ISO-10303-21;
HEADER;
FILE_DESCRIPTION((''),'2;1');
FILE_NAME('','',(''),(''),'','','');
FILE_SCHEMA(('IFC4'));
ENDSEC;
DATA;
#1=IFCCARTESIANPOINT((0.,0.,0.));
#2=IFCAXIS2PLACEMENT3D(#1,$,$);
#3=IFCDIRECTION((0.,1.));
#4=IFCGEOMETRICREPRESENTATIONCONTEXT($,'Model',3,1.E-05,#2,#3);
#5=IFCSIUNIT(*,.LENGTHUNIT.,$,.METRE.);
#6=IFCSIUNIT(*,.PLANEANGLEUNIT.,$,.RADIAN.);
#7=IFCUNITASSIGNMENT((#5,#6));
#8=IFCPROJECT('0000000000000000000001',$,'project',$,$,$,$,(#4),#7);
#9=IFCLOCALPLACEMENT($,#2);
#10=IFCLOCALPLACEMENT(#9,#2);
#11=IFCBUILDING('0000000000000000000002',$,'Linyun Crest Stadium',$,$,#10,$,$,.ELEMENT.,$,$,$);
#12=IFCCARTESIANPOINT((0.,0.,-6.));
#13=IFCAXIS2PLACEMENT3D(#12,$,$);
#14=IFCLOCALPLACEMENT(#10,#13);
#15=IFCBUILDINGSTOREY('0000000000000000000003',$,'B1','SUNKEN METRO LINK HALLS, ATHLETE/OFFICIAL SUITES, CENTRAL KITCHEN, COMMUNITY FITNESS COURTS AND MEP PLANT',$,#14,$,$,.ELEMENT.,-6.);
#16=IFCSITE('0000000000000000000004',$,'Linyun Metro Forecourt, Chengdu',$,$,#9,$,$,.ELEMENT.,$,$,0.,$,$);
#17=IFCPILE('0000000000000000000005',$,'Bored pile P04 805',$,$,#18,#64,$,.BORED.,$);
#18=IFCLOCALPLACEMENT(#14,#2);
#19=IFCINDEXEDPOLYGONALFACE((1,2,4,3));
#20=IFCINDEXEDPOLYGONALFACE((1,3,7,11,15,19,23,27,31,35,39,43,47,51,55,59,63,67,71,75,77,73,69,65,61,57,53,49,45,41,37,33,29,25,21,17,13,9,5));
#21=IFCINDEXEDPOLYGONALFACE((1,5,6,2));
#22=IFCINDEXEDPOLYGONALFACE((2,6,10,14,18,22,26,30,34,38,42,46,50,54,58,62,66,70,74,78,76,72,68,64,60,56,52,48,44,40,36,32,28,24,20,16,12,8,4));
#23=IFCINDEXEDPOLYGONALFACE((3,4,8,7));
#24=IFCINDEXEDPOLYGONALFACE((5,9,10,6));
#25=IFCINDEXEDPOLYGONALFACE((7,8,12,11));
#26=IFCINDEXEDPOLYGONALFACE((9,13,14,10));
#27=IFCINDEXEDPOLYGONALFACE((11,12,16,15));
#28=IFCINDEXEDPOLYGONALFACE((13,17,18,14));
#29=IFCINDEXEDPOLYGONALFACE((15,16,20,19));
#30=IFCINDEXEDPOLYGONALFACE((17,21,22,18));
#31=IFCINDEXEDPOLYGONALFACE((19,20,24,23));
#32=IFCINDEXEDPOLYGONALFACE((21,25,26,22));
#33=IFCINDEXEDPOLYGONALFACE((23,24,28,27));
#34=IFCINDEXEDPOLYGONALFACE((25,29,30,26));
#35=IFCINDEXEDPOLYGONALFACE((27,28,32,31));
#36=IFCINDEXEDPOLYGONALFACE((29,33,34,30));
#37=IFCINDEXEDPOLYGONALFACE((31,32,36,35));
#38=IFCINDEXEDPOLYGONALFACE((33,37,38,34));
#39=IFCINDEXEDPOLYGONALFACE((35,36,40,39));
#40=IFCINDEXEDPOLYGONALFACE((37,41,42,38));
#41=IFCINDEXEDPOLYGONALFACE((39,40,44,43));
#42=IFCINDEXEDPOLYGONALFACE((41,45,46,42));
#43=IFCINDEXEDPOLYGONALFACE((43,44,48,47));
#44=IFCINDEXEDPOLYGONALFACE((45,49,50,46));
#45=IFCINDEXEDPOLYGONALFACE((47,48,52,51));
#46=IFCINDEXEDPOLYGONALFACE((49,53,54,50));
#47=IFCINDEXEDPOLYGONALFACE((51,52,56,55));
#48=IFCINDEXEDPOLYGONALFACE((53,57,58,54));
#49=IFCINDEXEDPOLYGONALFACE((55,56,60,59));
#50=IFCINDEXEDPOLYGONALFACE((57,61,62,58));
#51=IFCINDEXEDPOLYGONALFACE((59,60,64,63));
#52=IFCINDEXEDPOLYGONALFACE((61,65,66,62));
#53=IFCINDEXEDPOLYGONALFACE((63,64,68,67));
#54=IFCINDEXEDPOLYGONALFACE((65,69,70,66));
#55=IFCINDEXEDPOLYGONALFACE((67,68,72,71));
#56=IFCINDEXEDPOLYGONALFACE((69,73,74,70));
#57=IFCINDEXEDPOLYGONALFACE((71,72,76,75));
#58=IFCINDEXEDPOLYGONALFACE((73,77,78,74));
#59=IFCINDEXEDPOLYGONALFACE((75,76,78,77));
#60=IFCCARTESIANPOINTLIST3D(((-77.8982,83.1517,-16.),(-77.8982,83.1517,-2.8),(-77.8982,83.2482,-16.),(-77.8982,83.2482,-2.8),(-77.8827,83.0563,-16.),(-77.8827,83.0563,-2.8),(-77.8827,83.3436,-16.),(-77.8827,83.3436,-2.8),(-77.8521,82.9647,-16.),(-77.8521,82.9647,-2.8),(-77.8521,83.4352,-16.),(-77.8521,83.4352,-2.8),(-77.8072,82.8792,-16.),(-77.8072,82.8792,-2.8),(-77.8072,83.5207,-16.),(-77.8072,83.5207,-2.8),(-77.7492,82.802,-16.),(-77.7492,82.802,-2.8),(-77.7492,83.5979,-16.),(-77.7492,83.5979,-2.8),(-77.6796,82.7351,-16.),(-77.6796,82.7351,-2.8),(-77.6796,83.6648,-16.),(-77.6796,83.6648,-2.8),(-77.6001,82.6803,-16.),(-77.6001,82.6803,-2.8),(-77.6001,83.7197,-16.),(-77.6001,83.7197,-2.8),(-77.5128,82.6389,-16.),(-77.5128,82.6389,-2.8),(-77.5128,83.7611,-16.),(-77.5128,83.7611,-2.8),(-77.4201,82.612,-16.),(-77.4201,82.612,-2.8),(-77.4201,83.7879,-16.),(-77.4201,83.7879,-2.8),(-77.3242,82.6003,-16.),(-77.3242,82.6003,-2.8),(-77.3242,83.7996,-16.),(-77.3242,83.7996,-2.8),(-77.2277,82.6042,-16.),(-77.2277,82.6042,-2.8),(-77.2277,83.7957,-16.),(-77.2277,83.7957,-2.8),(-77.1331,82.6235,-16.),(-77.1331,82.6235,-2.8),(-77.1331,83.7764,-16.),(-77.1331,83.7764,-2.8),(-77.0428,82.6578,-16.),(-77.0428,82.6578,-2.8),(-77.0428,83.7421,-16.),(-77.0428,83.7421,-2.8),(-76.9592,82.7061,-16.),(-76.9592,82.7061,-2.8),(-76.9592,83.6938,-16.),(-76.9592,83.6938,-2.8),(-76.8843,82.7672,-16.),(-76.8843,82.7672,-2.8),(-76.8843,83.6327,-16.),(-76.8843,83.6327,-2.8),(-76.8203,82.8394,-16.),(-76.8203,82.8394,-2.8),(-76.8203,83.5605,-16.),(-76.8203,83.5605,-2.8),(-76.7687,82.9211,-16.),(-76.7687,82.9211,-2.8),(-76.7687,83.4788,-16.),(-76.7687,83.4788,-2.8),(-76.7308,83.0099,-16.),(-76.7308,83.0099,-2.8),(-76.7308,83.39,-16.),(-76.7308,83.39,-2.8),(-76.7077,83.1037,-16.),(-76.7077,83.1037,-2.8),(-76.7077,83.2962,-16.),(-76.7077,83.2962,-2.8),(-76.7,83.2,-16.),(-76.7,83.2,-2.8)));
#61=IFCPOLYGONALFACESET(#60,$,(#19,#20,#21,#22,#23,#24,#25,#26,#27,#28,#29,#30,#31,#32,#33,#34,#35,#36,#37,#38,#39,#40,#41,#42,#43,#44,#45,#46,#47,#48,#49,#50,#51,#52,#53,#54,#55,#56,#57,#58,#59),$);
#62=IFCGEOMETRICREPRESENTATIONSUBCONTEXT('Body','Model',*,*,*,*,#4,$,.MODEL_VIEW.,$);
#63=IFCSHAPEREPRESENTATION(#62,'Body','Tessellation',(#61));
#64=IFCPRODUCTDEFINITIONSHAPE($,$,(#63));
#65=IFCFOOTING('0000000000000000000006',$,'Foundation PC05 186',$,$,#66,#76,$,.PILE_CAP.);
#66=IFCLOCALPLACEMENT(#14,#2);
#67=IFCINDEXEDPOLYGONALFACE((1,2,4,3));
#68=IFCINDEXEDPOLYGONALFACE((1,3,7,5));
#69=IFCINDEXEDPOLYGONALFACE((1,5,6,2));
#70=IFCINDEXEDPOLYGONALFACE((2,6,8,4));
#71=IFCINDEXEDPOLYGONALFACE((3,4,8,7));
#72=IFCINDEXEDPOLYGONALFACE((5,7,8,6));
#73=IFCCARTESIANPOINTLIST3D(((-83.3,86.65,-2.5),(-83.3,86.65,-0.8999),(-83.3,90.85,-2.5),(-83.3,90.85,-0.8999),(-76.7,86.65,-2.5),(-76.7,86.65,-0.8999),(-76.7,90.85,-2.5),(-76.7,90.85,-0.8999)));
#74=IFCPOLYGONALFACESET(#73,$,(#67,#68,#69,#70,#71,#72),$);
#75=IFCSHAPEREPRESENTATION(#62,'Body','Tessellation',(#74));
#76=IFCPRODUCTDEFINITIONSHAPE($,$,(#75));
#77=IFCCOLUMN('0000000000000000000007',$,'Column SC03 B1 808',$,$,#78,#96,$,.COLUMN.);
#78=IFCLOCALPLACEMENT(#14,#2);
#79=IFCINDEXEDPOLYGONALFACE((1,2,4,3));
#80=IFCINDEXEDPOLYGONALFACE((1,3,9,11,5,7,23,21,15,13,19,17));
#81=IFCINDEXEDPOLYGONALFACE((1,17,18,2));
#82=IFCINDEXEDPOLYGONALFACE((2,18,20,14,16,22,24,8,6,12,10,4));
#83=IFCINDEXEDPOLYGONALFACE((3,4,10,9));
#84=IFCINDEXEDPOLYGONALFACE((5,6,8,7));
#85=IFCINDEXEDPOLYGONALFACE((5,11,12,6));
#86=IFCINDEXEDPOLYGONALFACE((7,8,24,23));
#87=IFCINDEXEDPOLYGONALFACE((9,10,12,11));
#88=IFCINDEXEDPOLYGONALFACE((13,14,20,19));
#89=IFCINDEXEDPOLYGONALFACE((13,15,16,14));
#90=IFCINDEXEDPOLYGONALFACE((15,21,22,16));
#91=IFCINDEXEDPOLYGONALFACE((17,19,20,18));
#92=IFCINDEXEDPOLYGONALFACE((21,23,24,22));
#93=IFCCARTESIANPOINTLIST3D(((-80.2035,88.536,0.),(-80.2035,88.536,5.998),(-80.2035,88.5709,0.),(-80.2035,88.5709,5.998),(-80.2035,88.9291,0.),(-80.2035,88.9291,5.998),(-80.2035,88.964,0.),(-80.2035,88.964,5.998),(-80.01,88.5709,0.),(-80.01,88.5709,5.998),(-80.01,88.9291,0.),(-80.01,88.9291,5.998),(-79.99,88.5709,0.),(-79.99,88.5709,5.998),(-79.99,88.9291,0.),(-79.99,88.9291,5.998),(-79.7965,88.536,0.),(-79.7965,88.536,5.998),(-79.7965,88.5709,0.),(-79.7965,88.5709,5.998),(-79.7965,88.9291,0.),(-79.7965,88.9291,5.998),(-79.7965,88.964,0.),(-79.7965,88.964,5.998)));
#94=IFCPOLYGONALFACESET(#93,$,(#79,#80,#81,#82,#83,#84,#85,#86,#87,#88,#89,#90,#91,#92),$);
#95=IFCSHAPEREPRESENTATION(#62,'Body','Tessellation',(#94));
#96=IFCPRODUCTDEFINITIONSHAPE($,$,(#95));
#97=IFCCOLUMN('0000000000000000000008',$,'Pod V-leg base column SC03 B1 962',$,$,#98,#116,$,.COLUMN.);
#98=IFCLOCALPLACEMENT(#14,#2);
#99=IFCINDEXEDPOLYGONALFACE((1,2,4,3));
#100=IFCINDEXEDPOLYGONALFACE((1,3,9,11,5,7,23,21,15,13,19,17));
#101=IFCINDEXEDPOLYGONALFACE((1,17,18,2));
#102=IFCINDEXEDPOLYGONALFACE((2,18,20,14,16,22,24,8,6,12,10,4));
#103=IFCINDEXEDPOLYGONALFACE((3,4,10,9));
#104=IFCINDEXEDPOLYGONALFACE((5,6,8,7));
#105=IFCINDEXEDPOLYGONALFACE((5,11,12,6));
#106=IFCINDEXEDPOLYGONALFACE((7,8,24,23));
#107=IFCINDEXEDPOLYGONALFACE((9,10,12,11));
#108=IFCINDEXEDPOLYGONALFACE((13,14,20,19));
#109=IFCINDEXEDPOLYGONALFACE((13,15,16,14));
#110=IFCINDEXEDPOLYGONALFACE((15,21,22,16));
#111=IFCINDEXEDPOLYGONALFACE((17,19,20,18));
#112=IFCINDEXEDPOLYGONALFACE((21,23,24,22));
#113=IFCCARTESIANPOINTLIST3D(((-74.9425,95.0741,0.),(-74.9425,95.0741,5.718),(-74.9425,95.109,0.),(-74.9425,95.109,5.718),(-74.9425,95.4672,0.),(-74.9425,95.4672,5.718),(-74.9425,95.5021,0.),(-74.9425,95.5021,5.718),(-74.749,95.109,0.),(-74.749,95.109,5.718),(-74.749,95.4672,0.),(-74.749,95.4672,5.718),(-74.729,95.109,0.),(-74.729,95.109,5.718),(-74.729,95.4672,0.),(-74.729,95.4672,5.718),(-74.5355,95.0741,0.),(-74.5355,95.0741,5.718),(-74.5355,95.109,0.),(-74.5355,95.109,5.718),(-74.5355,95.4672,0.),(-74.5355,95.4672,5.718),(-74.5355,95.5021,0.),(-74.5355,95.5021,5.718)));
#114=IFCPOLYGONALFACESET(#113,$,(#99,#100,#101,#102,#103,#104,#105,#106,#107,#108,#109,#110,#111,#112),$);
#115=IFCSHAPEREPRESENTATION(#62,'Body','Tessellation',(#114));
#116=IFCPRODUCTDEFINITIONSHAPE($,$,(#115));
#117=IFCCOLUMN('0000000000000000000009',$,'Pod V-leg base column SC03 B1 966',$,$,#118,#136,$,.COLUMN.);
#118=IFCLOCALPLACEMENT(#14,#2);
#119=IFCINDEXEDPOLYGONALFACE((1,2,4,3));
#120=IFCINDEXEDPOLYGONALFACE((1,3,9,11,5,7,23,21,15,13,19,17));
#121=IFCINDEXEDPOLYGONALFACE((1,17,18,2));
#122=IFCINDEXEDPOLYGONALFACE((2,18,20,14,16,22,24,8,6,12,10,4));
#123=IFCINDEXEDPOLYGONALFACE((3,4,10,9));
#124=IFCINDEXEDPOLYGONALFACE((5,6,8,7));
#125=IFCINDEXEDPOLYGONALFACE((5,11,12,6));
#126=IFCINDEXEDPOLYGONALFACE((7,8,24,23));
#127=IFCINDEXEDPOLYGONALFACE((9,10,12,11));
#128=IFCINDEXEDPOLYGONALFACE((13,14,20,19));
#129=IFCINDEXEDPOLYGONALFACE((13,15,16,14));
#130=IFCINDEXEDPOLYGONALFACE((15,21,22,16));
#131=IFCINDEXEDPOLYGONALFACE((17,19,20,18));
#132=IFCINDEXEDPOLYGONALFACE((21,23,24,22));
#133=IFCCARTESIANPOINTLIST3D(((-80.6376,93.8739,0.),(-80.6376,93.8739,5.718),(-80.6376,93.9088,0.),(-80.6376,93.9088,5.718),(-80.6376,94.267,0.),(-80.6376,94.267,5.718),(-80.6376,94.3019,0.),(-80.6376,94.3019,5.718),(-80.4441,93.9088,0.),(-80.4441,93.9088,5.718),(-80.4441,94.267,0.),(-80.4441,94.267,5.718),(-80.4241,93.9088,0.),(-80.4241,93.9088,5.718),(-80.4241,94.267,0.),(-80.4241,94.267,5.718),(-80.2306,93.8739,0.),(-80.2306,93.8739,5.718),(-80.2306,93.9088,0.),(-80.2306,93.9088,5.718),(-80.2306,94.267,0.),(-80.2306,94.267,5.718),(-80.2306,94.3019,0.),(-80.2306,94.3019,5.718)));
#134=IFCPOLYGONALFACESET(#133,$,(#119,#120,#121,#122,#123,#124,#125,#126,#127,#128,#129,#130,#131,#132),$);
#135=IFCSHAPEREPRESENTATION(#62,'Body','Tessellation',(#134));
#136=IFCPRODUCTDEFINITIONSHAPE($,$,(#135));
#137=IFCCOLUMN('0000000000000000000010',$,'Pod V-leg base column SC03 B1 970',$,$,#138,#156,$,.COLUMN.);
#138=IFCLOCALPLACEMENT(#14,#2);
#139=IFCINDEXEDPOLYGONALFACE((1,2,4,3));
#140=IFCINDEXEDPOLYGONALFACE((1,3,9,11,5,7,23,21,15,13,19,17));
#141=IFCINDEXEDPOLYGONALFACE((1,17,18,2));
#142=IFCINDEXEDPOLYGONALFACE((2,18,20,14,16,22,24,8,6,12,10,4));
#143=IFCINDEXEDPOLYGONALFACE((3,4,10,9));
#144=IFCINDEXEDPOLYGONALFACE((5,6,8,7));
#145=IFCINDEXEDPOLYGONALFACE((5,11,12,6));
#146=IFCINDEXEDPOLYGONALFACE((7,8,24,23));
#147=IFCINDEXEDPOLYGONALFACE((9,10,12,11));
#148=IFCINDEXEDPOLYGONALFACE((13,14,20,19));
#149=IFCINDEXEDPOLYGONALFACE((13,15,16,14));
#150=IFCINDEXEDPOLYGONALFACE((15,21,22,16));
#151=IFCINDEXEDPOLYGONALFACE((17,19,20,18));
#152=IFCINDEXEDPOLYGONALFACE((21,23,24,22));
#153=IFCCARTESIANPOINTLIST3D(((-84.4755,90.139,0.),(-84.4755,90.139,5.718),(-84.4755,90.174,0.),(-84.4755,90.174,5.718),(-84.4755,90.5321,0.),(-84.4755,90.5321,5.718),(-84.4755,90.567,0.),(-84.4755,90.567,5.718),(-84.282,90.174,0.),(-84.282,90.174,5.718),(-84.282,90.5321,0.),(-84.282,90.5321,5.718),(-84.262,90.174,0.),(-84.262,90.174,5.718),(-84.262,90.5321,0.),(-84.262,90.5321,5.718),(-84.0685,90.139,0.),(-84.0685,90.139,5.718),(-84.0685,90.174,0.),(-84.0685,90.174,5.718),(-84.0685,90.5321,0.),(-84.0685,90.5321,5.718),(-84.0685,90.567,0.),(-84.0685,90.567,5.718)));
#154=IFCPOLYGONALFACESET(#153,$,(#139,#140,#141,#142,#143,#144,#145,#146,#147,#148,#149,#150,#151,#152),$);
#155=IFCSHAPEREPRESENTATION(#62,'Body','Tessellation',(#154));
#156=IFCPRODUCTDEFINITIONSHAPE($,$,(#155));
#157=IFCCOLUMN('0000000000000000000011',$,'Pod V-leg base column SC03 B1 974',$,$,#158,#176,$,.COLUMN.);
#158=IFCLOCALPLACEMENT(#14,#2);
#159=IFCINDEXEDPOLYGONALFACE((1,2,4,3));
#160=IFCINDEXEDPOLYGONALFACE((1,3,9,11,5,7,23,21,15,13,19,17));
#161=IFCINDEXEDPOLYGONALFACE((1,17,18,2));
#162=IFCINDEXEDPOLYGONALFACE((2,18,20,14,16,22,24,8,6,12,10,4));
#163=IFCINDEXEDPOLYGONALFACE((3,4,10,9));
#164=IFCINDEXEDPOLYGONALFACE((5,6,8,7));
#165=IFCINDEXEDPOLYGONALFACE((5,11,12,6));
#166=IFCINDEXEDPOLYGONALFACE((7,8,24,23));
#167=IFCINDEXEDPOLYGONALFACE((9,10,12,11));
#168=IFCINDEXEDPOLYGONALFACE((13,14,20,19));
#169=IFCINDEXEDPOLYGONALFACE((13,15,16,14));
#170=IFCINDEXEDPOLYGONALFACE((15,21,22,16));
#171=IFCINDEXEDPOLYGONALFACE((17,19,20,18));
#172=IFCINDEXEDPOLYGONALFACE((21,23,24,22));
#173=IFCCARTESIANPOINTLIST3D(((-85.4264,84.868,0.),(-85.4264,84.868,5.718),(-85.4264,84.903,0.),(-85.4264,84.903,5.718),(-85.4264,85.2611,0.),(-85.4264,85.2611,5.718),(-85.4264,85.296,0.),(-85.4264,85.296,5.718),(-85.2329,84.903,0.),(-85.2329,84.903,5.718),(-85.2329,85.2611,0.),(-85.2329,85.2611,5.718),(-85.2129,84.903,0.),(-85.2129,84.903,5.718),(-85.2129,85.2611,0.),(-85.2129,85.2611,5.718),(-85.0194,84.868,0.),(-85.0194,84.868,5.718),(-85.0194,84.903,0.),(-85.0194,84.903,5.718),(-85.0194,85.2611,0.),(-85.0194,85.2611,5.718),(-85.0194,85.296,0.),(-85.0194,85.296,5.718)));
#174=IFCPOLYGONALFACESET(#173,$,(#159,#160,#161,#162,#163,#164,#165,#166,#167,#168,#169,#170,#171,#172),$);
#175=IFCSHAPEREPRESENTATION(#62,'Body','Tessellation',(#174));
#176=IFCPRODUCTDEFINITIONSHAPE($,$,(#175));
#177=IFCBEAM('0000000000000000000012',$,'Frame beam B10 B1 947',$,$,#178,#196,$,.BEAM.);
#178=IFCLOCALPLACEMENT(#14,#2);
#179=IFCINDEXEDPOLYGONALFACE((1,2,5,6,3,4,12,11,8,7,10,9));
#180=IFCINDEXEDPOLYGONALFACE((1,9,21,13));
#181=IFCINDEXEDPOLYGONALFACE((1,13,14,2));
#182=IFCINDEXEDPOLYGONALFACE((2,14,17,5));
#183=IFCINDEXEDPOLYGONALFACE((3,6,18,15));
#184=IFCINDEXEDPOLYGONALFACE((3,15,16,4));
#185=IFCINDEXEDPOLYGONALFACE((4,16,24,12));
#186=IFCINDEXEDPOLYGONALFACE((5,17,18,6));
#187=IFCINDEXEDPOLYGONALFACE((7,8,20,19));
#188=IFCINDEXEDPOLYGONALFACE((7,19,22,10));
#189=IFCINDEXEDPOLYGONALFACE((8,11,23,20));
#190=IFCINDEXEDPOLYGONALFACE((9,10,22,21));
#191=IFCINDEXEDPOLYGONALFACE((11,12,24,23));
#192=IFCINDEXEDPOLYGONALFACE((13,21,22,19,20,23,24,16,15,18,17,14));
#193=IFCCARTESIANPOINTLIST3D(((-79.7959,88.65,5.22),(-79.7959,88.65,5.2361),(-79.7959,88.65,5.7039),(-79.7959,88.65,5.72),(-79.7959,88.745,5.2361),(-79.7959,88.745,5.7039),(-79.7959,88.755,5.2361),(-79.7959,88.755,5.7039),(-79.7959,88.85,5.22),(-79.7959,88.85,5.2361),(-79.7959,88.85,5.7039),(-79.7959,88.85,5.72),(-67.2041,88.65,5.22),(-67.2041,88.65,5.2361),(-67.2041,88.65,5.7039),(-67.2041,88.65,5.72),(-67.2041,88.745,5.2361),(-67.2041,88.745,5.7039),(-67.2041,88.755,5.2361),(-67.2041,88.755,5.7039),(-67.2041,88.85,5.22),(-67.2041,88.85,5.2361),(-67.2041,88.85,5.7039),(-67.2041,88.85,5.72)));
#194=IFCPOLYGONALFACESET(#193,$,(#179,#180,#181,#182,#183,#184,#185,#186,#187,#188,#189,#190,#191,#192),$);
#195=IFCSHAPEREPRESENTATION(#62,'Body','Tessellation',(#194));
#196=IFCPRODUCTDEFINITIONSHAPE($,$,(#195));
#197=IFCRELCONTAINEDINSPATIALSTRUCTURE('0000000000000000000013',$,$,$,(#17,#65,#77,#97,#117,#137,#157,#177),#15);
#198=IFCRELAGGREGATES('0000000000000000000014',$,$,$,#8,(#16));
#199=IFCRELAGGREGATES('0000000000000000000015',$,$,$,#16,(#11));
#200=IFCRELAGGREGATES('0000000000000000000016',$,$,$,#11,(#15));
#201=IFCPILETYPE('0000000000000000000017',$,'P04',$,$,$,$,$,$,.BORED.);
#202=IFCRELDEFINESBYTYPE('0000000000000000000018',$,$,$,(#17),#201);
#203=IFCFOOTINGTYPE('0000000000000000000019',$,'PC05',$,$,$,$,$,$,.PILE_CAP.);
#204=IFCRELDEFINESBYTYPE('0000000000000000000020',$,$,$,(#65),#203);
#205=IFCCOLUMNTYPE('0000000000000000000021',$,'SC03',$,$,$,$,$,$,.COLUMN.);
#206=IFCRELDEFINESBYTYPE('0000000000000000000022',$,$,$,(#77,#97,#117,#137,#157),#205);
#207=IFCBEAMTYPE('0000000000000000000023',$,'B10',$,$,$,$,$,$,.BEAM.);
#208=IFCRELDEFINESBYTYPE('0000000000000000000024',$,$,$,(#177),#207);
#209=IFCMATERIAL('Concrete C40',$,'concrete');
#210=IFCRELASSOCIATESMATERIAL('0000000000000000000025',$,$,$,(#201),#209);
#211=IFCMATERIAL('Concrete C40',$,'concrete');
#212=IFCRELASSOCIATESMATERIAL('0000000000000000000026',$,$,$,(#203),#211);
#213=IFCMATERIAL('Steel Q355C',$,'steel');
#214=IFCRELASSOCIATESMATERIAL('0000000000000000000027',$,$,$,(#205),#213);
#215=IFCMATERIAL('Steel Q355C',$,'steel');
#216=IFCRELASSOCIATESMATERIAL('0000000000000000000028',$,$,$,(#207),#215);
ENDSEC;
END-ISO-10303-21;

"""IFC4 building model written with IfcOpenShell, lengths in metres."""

from ifc_helpers import new_model, si_unit, direction, frame, origin, origin_2d, place, context, subcontext, project, spatial, rectangle, circle, i_section, extrude, material, material_profile, profile_set, type_object, element, save


model = new_model("IFC4")

# Units and contexts
model_context = context("Model", 3, precision=1e-05, world=origin(), true_north=direction((0.0, 1.0)))
body_context = subcontext(model_context, "Body", "Model", "MODEL_VIEW")
ifc_project = project(units=[si_unit("LENGTHUNIT", "METRE"), si_unit("PLANEANGLEUNIT", "RADIAN")], contexts=[model_context])

# Site, building, storey
site_placement = place(None, origin())
site = spatial("IfcSite", under=ifc_project, at=site_placement, Name="Linyun Metro Forecourt, Chengdu", CompositionType="ELEMENT", RefElevation=0.0)
building_placement = place(site_placement, origin())
building = spatial("IfcBuilding", under=site, at=building_placement, Name="Linyun Crest Stadium", CompositionType="ELEMENT")
storey_placement = place(building_placement, frame((0.0, 0.0, -6.0)))
storey = spatial("IfcBuildingStorey", under=building, at=storey_placement, Name="B1", Description="SUNKEN METRO LINK HALLS, ATHLETE/OFFICIAL SUITES, CENTRAL KITCHEN, COMMUNITY FITNESS COURTS AND MEP PLANT", CompositionType="ELEMENT", Elevation=-6.0)

# Pile
ifc_material_1 = material(Name="Concrete C40", Category="concrete")
ifc_material_profile_1 = material_profile(ifc_material_1, circle(Radius=0.6001, at=origin_2d()), Name="BORED PILE 1200")
ifc_profile_set_1 = profile_set([ifc_material_profile_1], Name="Concrete C40")
pile_type_1 = type_object("IfcPileType", Name="P04", PredefinedType="BORED", material=ifc_profile_set_1)
for number, where, z_axis, x_axis, name in (
    (1, (-77.3, 83.2, -2.8), (0.0, 0.0, -1.0), (1.0, 0.0, 0.0), "Bored pile P04 805"),
):
    element("IfcPile", number, at=place(storey_placement, frame(where, z_axis=z_axis, x_axis=x_axis)), inside=storey, type_object=pile_type_1, Name=name, PredefinedType="BORED", context=body_context, shape_type="SweptSolid", body=[
        extrude(circle(Radius=0.6001, at=origin_2d()), origin(), (0.0, 0.0, 1.0), 13.2),
    ])

# Footing
ifc_material_2 = material(Name="Concrete C40", Category="concrete")
footing_type = type_object("IfcFootingType", Name="PC05", PredefinedType="PILE_CAP", material=ifc_material_2)
footing_placement = place(storey_placement, frame((-80.0, 88.75, -2.5), z_axis=(0.0, 0.0, 1.0), x_axis=(1.0, 0.0, 0.0)))
element("IfcFooting", 2, at=footing_placement, inside=storey, type_object=footing_type, Name="Foundation PC05 186", PredefinedType="PILE_CAP", context=body_context, shape_type="SweptSolid", body=[
    extrude(rectangle(XDim=6.6001, YDim=4.2, at=origin_2d()), origin(), (0.0, 0.0, 1.0), 1.6001),
])

# Columns
ifc_material_3 = material(Name="Steel Q355C", Category="steel")
ifc_material_profile_2 = material_profile(ifc_material_3, i_section(OverallWidth=0.407, OverallDepth=0.428, WebThickness=0.02, FlangeThickness=0.0349, at=origin_2d()), Name="HW 428x407")
ifc_profile_set_2 = profile_set([ifc_material_profile_2], Name="Steel Q355C")
column_type = type_object("IfcColumnType", Name="SC03", PredefinedType="COLUMN", material=ifc_profile_set_2)
column_placement = place(storey_placement, frame((-80.0, 88.75, 0.0), z_axis=(0.0, 0.0, 1.0), x_axis=(1.0, 0.0, 0.0)))
element("IfcColumn", 3, at=column_placement, inside=storey, type_object=column_type, Name="Column SC03 B1 808", PredefinedType="COLUMN", context=body_context, shape_type="SweptSolid", body=[
    extrude(i_section(OverallWidth=0.407, OverallDepth=0.428, WebThickness=0.02, FlangeThickness=0.0349, at=origin_2d()), origin(), (0.0, 0.0, 1.0), 5.998),
])
for number, where, z_axis, x_axis, name in (
    (4, (-74.739, 95.2881, 0.0), (0.0, 0.0, 1.0), (1.0, 0.0, 0.0), "Pod V-leg base column SC03 B1 962"),
    (5, (-80.4341, 94.0879, 0.0), (0.0, 0.0, 1.0), (1.0, 0.0, 0.0), "Pod V-leg base column SC03 B1 966"),
    (6, (-84.272, 90.353, 0.0), (0.0, 0.0, 1.0), (1.0, 0.0, 0.0), "Pod V-leg base column SC03 B1 970"),
    (7, (-85.2229, 85.082, 0.0), (0.0, 0.0, 1.0), (1.0, 0.0, 0.0), "Pod V-leg base column SC03 B1 974"),
):
    element("IfcColumn", number, at=place(storey_placement, frame(where, z_axis=z_axis, x_axis=x_axis)), inside=storey, type_object=column_type, Name=name, PredefinedType="COLUMN", context=body_context, shape_type="SweptSolid", body=[
        extrude(i_section(OverallWidth=0.407, OverallDepth=0.428, WebThickness=0.02, FlangeThickness=0.0349, at=origin_2d()), origin(), (0.0, 0.0, 1.0), 5.718),
    ])

# Beam
ifc_material_4 = material(Name="Steel Q355C", Category="steel")
ifc_material_profile_3 = material_profile(ifc_material_4, i_section(OverallWidth=0.2, OverallDepth=0.5, WebThickness=0.01, FlangeThickness=0.0161, at=origin_2d()), Name="HN 500x200")
ifc_profile_set_3 = profile_set([ifc_material_profile_3], Name="Steel Q355C")
beam_type_1 = type_object("IfcBeamType", Name="B10", PredefinedType="BEAM", material=ifc_profile_set_3)
beam_1_placement = place(storey_placement, frame((-79.7959, 88.75, 5.47), z_axis=(1.0, 0.0, 0.0), x_axis=(0.0, 1.0, 0.0)))
element("IfcBeam", 8, at=beam_1_placement, inside=storey, type_object=beam_type_1, Name="Frame beam B10 B1 947", PredefinedType="BEAM", context=body_context, shape_type="SweptSolid", body=[
    extrude(i_section(OverallWidth=0.2, OverallDepth=0.5, WebThickness=0.01, FlangeThickness=0.0161, at=origin_2d()), origin(), (0.0, 0.0, 1.0), 12.5918),
])

save(model, "model.ifc")
